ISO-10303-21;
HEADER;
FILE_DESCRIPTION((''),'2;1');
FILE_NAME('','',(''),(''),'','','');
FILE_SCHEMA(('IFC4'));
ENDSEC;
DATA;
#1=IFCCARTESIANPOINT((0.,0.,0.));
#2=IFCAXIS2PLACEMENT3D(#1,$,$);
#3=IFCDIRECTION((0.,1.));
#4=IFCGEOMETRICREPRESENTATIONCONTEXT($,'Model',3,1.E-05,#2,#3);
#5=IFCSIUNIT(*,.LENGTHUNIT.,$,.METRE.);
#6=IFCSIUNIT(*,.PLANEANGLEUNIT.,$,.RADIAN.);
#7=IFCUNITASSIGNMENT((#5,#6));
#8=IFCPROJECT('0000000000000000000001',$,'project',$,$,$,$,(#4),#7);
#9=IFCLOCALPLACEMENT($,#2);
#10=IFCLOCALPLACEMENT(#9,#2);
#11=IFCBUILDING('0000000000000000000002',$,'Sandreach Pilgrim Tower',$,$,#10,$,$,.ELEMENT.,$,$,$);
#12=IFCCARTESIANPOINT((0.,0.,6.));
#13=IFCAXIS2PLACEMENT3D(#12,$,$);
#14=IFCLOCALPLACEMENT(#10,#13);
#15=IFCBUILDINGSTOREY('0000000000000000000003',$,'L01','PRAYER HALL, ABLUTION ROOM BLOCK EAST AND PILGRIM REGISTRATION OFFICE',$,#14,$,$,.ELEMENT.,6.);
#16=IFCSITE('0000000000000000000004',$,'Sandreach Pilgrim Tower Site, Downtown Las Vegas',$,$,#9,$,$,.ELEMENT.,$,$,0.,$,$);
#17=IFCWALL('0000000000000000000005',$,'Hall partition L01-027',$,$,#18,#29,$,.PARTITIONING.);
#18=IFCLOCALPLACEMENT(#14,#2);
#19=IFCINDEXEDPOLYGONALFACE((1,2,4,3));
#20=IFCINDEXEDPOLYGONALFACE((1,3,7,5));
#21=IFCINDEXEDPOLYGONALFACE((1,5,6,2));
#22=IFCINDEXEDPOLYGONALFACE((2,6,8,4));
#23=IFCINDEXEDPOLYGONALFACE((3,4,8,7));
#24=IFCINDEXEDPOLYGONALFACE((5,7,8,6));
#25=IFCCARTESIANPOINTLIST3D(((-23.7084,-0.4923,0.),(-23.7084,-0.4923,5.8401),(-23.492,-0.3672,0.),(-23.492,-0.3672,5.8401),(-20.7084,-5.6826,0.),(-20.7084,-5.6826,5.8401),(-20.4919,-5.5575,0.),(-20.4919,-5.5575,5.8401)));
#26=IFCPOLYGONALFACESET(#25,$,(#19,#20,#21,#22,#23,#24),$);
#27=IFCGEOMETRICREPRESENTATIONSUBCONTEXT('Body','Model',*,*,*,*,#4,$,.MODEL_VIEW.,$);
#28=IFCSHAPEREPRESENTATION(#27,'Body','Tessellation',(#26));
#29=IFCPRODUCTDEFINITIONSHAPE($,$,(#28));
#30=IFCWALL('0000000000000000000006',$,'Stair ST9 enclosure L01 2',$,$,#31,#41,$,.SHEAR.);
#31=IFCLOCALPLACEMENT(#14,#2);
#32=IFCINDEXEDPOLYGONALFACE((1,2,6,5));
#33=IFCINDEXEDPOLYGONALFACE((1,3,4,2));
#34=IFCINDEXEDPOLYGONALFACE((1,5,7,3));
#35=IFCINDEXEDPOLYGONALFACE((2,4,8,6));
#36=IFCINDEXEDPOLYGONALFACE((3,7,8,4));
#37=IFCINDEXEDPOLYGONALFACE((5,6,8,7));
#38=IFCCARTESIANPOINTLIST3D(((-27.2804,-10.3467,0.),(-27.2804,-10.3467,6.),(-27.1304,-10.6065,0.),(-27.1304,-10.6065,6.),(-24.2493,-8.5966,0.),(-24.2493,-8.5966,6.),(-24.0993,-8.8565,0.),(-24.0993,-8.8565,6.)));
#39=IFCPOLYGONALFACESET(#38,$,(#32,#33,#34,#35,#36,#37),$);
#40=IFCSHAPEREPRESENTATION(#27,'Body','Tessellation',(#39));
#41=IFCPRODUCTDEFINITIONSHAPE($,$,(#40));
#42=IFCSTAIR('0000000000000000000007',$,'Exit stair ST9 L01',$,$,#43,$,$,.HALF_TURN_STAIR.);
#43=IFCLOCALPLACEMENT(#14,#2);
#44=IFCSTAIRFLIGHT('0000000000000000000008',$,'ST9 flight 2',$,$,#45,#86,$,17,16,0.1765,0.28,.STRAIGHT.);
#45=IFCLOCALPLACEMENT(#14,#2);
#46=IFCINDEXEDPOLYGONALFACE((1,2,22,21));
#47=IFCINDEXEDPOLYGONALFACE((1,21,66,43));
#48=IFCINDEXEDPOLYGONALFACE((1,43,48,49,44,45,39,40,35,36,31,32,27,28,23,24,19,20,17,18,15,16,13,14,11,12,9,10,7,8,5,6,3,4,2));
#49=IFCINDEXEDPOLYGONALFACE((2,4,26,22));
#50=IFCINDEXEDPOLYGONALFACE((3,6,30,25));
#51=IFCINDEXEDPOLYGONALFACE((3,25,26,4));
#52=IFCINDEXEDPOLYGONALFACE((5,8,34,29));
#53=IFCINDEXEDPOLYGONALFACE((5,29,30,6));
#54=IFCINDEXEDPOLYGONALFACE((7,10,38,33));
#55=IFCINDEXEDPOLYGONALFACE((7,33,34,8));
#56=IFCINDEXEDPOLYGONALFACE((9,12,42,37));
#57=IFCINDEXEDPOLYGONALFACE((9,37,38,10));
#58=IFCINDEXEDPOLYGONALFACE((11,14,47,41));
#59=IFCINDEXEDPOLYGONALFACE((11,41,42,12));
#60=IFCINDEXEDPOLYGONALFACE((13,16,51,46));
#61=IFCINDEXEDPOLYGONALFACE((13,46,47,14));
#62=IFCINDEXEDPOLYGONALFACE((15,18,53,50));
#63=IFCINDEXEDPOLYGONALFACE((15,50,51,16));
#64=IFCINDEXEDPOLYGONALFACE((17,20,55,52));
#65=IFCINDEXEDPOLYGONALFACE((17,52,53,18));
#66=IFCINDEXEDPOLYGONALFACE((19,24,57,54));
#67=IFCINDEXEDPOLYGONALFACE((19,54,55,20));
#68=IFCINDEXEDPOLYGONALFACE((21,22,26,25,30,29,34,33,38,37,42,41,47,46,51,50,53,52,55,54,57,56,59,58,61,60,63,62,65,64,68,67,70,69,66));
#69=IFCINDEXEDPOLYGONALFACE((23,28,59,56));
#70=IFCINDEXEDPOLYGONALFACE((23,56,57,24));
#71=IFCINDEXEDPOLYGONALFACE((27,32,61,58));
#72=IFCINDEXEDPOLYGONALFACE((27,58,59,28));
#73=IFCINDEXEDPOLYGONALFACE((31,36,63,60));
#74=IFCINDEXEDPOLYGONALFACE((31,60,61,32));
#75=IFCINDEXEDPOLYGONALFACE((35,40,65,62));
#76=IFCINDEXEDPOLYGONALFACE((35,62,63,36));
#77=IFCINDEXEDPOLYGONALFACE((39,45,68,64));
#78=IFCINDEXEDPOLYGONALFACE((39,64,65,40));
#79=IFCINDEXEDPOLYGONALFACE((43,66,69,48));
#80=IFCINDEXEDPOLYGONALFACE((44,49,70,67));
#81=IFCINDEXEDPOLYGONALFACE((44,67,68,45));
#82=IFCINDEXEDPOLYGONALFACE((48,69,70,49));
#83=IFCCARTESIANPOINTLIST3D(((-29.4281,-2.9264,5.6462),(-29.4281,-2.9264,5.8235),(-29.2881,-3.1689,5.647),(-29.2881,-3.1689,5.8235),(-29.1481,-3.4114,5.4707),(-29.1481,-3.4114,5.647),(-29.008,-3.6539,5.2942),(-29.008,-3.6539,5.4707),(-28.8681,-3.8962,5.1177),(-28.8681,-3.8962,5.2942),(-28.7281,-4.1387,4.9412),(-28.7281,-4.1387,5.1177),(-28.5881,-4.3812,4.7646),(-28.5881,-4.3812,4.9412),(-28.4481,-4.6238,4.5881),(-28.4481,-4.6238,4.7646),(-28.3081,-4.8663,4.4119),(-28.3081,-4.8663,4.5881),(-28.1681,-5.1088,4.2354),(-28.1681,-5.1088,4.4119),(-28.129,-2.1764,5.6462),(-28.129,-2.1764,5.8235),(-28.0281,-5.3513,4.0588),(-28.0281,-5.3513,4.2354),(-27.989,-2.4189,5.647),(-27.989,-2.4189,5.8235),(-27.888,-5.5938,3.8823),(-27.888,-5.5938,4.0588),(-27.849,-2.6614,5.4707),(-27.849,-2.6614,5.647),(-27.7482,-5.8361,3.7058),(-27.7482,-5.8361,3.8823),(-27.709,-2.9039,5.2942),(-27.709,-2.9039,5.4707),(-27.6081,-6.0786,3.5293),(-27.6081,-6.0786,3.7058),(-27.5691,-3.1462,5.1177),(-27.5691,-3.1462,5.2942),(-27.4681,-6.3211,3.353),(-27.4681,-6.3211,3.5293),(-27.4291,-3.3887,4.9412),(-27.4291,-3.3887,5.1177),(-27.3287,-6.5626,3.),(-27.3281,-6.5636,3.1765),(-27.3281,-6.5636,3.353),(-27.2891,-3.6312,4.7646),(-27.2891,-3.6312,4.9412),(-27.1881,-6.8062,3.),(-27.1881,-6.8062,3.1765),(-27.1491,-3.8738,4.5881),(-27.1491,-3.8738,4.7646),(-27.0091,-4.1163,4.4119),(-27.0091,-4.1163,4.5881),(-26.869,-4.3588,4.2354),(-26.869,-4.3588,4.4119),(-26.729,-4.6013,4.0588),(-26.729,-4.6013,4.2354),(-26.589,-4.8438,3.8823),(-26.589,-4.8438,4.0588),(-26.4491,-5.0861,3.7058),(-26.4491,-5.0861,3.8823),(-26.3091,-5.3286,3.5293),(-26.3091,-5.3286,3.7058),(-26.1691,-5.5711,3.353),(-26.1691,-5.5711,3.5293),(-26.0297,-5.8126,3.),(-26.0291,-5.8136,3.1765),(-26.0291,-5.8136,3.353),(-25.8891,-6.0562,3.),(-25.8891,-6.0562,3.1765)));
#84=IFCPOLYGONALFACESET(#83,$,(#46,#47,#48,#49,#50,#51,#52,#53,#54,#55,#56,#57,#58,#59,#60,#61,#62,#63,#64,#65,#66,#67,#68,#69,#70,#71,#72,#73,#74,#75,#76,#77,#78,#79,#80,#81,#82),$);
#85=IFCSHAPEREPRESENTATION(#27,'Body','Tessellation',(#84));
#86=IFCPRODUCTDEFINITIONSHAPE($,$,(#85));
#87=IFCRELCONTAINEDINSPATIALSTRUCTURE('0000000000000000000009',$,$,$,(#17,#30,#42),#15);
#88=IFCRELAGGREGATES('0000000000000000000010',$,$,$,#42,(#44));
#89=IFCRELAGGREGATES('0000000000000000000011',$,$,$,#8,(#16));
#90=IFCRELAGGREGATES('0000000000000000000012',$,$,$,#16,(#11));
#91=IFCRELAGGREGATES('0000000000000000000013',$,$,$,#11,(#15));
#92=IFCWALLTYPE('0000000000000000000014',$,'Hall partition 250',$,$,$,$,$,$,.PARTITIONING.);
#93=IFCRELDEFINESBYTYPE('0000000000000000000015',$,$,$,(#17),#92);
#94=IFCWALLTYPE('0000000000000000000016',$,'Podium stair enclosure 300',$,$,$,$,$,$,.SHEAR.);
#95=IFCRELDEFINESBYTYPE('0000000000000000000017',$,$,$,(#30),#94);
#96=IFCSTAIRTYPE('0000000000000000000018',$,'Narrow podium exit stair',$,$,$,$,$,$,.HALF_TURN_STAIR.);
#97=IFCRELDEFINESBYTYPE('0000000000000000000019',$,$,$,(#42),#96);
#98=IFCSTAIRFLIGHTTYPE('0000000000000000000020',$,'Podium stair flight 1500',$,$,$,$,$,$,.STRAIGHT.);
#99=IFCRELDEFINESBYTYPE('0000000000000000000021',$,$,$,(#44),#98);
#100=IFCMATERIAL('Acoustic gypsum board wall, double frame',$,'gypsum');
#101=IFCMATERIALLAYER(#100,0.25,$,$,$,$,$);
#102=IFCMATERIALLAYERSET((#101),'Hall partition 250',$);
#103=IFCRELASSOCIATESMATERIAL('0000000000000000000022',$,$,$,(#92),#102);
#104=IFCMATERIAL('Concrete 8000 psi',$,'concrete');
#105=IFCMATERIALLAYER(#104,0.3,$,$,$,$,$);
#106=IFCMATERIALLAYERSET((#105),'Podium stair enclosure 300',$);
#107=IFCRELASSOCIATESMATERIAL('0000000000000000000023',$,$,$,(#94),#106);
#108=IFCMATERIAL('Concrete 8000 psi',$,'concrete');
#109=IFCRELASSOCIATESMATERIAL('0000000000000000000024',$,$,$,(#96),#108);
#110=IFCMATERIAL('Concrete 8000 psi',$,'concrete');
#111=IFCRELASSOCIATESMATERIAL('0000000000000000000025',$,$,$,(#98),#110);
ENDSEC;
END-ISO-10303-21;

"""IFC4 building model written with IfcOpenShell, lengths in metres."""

from ifc_helpers import new_model, si_unit, direction, frame, frame_2d, origin, place, context, subcontext, project, spatial, polyline, rectangle, outline, extrude, material, layer, layer_set, type_object, element, aggregate, save


model = new_model("IFC4")

# Units and contexts
model_context = context("Model", 3, precision=1e-05, world=origin(), true_north=direction((0.0, 1.0)))
body_context = subcontext(model_context, "Body", "Model", "MODEL_VIEW")
ifc_project = project(units=[si_unit("LENGTHUNIT", "METRE"), si_unit("PLANEANGLEUNIT", "RADIAN")], contexts=[model_context])

# Site, building, storey
site_placement = place(None, origin())
site = spatial("IfcSite", under=ifc_project, at=site_placement, Name="Sandreach Pilgrim Tower Site, Downtown Las Vegas", CompositionType="ELEMENT", RefElevation=0.0)
building_placement = place(site_placement, origin())
building = spatial("IfcBuilding", under=site, at=building_placement, Name="Sandreach Pilgrim Tower", CompositionType="ELEMENT")
storey_placement = place(building_placement, frame((0.0, 0.0, 6.0)))
storey = spatial("IfcBuildingStorey", under=building, at=storey_placement, Name="L01", Description="PRAYER HALL, ABLUTION ROOM BLOCK EAST AND PILGRIM REGISTRATION OFFICE", CompositionType="ELEMENT", Elevation=6.0)

# Shared definitions
ifc_material_1 = material(Name="Acoustic gypsum board wall, double frame", Category="gypsum")
ifc_layer_1 = layer(ifc_material_1, 0.25)
ifc_layer_set_1 = layer_set([ifc_layer_1], Name="Hall partition 250")
wall_type_1 = type_object("IfcWallType", Name="Hall partition 250", PredefinedType="PARTITIONING", material=ifc_layer_set_1)

# Walls
wall_1_placement = place(storey_placement, frame((-20.6001, -5.6201, 0.0), z_axis=(0.0, 0.0, 1.0), x_axis=(-0.500431, 0.865776, 0.0)))
element("IfcWall", 1, at=wall_1_placement, inside=storey, type_object=wall_type_1, Name="Hall partition L01-027", PredefinedType="PARTITIONING", context=body_context, shape_type="SweptSolid", body=[
    extrude(rectangle(XDim=5.9949, YDim=0.25, at=frame_2d((2.9976, 0.0))), origin(), (0.0, 0.0, 1.0), 5.8401),
])
ifc_material_2 = material(Name="Concrete 8000 psi", Category="concrete")
ifc_layer_2 = layer(ifc_material_2, 0.3)
ifc_layer_set_2 = layer_set([ifc_layer_2], Name="Podium stair enclosure 300")
wall_type_2 = type_object("IfcWallType", Name="Podium stair enclosure 300", PredefinedType="SHEAR", material=ifc_layer_set_2)
wall_2_placement = place(storey_placement, frame((-24.1743, -8.7266, 0.0), z_axis=(0.0, 0.0, 1.0), x_axis=(-0.866019, -0.50001, 0.0)))
element("IfcWall", 2, at=wall_2_placement, inside=storey, type_object=wall_type_2, Name="Stair ST9 enclosure L01 2", PredefinedType="SHEAR", context=body_context, shape_type="SweptSolid", body=[
    extrude(rectangle(XDim=3.5, YDim=0.3, at=frame_2d((1.75, 0.0))), origin(), (0.0, 0.0, 1.0), 6.0),
])

# Stair, stair flight
ifc_material_3 = material(Name="Concrete 8000 psi", Category="concrete")
stair_type = type_object("IfcStairType", Name="Narrow podium exit stair", PredefinedType="HALF_TURN_STAIR", material=ifc_material_3)
stair_placement = place(storey_placement, origin())
stair = element("IfcStair", 3, at=stair_placement, inside=storey, type_object=stair_type, Name="Exit stair ST9 L01", PredefinedType="HALF_TURN_STAIR")
ifc_material_4 = material(Name="Concrete 8000 psi", Category="concrete")
stair_flight_type = type_object("IfcStairFlightType", Name="Podium stair flight 1500", PredefinedType="STRAIGHT", material=ifc_material_4)
stair_flight_placement = place(storey_placement, frame((-26.5386, -6.4312, 3.0), z_axis=(0.0, 0.0, 1.0), x_axis=(-0.5, 0.866025, 0.0)))
stair_flight = element("IfcStairFlight", 4, at=stair_flight_placement, type_object=stair_flight_type, Name="ST9 flight 2", NumberOfRisers=17, NumberOfTreads=16, PredefinedType="STRAIGHT", RiserHeight=0.1765, TreadLength=0.28, context=body_context, shape_type="SweptSolid", body=[
    extrude(outline(polyline([(0.0, 0.0), (0.0, 0.1765), (0.28, 0.1765), (0.28, 0.353), (0.5601, 0.353), (0.5601, 0.5293), (0.8401, 0.5293), (0.8401, 0.7058), (1.1201, 0.7058), (1.1201, 0.8823), (1.3999, 0.8823), (1.3999, 1.0588), (1.6799, 1.0588), (1.6799, 1.2354), (1.96, 1.2354), (1.96, 1.4119), (2.24, 1.4119), (2.24, 1.5881), (2.52, 1.5881), (2.52, 1.7646), (2.8, 1.7646), (2.8, 1.9412), (3.0801, 1.9412), (3.0801, 2.1177), (3.3601, 2.1177), (3.3601, 2.2942), (3.6399, 2.2942), (3.6399, 2.4707), (3.9199, 2.4707), (3.9199, 2.647), (4.2, 2.647), (4.2, 2.8235), (4.48, 2.8235), (4.48, 3.0), (4.48, 2.6462), (0.2812, 0.0), (0.0, 0.0)])), frame((0.0, 0.75, 0.0), z_axis=(0.0, -1.0, 0.0), x_axis=(1.0, 0.0, 0.0)), (0.0, 0.0, 1.0), 1.5),
])
aggregate(stair, [stair_flight])

save(model, "model.ifc")
